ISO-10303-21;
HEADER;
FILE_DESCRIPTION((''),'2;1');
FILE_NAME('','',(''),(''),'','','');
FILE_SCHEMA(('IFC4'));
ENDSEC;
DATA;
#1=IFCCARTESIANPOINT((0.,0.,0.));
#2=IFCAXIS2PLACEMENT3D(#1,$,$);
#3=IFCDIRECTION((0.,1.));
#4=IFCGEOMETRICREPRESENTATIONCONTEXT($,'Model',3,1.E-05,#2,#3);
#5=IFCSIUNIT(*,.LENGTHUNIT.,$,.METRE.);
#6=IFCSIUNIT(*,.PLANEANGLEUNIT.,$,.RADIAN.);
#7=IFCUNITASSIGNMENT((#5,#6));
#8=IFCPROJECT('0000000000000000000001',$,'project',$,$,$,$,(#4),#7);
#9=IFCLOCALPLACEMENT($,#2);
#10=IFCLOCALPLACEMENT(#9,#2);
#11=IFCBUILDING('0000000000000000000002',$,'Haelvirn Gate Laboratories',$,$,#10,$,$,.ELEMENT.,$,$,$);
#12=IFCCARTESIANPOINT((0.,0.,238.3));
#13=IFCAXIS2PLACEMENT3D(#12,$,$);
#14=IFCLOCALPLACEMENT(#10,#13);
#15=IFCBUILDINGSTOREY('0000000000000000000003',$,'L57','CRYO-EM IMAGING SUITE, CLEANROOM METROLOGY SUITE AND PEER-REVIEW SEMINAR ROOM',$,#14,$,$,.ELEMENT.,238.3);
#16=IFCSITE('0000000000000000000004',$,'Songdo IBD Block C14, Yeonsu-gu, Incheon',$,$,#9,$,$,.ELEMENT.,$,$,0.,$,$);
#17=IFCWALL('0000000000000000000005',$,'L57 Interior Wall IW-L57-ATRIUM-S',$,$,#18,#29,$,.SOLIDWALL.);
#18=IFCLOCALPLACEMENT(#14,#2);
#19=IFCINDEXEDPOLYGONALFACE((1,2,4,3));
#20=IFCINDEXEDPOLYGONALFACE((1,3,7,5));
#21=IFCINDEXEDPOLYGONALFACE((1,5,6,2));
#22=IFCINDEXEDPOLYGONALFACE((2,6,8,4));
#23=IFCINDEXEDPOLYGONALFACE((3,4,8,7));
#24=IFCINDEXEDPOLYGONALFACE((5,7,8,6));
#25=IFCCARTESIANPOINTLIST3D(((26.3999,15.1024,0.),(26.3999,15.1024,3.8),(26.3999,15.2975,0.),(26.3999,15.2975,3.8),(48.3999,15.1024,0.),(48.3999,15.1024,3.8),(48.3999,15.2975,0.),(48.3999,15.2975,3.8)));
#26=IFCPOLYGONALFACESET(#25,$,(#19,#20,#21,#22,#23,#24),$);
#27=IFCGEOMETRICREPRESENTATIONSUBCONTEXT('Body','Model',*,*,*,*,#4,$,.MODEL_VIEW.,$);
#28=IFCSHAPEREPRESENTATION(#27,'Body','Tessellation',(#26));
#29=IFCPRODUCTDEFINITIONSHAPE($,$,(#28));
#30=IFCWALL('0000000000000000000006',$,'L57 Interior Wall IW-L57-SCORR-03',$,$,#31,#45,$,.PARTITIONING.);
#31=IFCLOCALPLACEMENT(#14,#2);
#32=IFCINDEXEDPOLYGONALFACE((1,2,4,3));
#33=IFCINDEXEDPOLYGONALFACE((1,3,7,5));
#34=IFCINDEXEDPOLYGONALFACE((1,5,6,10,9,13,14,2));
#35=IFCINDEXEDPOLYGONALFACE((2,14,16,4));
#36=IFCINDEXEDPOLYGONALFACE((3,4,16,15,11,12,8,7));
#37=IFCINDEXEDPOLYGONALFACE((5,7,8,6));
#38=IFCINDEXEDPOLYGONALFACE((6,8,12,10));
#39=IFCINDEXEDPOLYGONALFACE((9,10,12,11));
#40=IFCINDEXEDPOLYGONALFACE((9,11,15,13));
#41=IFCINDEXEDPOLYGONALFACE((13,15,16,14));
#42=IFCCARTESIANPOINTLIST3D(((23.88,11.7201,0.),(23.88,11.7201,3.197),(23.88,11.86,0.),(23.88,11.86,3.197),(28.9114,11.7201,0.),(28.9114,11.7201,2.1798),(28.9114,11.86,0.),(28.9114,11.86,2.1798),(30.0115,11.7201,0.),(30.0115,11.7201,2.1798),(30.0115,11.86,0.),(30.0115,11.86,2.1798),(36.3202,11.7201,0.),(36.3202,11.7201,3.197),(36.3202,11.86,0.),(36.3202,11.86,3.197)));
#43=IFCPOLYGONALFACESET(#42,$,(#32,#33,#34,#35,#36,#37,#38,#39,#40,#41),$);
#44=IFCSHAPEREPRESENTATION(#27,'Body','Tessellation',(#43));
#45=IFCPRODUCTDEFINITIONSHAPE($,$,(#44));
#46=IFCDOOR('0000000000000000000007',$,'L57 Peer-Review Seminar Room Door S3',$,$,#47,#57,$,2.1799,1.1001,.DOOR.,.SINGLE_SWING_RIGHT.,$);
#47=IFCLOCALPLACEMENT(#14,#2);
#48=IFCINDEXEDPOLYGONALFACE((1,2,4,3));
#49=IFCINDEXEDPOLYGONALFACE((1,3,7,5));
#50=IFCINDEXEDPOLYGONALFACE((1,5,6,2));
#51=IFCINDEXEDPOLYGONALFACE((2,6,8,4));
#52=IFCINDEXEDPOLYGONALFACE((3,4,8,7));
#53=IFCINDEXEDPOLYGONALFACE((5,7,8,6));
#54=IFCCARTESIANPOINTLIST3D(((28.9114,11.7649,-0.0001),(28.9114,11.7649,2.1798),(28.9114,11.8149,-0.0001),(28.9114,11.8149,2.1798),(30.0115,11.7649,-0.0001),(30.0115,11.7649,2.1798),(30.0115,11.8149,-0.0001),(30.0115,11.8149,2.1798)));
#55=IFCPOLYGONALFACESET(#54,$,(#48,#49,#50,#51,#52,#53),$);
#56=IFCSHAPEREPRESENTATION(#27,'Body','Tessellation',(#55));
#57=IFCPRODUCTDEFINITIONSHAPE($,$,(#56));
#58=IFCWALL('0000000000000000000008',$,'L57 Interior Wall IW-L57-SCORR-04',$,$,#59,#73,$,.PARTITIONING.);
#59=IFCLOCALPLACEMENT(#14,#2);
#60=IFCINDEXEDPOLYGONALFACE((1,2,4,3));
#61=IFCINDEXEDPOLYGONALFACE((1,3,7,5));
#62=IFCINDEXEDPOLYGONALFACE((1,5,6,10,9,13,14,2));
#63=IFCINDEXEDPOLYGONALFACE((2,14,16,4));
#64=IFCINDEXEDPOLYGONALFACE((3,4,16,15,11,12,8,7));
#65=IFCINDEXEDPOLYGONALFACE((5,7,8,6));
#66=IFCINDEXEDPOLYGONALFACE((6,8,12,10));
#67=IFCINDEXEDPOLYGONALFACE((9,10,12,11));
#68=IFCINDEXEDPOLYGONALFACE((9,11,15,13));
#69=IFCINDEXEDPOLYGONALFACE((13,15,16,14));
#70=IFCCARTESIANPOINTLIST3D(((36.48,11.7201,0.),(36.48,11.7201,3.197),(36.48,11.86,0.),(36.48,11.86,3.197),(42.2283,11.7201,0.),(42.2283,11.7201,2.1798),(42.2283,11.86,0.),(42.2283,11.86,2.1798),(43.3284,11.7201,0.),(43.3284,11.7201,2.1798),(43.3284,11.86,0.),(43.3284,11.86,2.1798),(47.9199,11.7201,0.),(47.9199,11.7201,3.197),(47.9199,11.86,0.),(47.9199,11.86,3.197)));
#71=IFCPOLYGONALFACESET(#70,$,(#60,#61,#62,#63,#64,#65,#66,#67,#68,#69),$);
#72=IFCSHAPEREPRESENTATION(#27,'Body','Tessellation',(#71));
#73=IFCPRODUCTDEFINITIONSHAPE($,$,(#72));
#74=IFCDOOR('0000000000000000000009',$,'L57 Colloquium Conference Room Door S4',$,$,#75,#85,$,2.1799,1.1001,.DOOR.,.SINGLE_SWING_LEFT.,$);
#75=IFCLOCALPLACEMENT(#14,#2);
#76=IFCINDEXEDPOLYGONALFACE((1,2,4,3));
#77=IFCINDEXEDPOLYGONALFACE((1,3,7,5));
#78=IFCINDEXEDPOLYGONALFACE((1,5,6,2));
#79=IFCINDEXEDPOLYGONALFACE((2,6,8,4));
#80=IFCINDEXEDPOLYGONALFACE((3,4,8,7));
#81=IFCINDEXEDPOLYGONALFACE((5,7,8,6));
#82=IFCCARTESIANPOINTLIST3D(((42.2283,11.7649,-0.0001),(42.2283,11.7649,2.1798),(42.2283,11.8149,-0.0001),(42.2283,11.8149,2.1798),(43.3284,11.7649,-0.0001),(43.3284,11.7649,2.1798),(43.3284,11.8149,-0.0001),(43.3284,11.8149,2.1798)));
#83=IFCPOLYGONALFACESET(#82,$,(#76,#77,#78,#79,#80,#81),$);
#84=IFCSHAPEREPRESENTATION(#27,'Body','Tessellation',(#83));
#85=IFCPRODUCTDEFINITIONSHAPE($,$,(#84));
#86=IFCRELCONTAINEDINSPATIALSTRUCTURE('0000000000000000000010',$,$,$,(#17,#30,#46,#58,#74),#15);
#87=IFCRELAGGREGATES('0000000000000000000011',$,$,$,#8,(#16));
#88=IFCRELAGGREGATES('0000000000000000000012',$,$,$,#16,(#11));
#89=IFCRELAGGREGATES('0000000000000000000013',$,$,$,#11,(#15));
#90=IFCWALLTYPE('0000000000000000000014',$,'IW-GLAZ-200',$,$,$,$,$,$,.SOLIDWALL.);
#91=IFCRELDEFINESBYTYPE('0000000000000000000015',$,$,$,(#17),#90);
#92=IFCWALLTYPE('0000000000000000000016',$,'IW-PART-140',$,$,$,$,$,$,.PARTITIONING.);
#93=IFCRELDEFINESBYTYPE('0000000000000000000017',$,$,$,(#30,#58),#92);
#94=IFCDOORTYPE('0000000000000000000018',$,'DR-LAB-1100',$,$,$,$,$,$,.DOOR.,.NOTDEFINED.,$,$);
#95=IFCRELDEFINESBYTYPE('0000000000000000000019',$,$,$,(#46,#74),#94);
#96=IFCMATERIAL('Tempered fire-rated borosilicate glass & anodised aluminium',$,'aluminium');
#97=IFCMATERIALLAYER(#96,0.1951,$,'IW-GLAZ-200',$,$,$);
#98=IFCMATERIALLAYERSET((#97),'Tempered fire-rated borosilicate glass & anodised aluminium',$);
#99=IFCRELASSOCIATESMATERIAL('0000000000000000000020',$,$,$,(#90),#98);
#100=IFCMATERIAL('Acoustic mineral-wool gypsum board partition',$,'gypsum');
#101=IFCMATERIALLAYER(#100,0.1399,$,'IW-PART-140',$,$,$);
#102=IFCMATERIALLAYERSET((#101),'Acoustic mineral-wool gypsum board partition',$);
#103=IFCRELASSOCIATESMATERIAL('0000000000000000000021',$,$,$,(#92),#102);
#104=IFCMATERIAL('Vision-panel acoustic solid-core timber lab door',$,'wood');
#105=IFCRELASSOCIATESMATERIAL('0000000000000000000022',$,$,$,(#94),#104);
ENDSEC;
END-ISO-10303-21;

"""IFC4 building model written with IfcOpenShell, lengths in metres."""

from ifc_helpers import new_model, si_unit, direction, frame, frame_2d, origin, place, context, subcontext, project, spatial, rectangle, extrude, source, transform, mapped, material, layer, layer_set, type_object, type_shapes, element, fill, save


model = new_model("IFC4")

# Units and contexts
model_context = context("Model", 3, precision=1e-05, world=origin(), true_north=direction((0.0, 1.0)))
body_context = subcontext(model_context, "Body", "Model", "MODEL_VIEW")
ifc_project = project(units=[si_unit("LENGTHUNIT", "METRE"), si_unit("PLANEANGLEUNIT", "RADIAN")], contexts=[model_context])

# Site, building, storey
site_placement = place(None, origin())
site = spatial("IfcSite", under=ifc_project, at=site_placement, Name="Songdo IBD Block C14, Yeonsu-gu, Incheon", CompositionType="ELEMENT", RefElevation=0.0)
building_placement = place(site_placement, origin())
building = spatial("IfcBuilding", under=site, at=building_placement, Name="Haelvirn Gate Laboratories", CompositionType="ELEMENT")
storey_placement = place(building_placement, frame((0.0, 0.0, 238.3)))
storey = spatial("IfcBuildingStorey", under=building, at=storey_placement, Name="L57", Description="CRYO-EM IMAGING SUITE, CLEANROOM METROLOGY SUITE AND PEER-REVIEW SEMINAR ROOM", CompositionType="ELEMENT", Elevation=238.3)

# Shared definitions
ifc_material_1 = material(Name="Tempered fire-rated borosilicate glass & anodised aluminium", Category="aluminium")
ifc_layer_1 = layer(ifc_material_1, 0.1951, Name="IW-GLAZ-200")
ifc_layer_set_1 = layer_set([ifc_layer_1], Name="Tempered fire-rated borosilicate glass & anodised aluminium")
wall_type_1 = type_object("IfcWallType", Name="IW-GLAZ-200", PredefinedType="SOLIDWALL", material=ifc_layer_set_1)

# Wall
wall_1_placement = place(storey_placement, frame((26.3999, 15.2, 0.0), z_axis=(0.0, 0.0, 1.0), x_axis=(1.0, 0.0, 0.0)))
element("IfcWall", 1, at=wall_1_placement, inside=storey, type_object=wall_type_1, Name="L57 Interior Wall IW-L57-ATRIUM-S", PredefinedType="SOLIDWALL", context=body_context, shape_type="SweptSolid", body=[
    extrude(rectangle(XDim=22.0, YDim=0.1951, at=frame_2d((11.0, 0.0))), origin(), (0.0, 0.0, 1.0), 3.8),
])

# Walls, openings, doors
ifc_material_2 = material(Name="Acoustic mineral-wool gypsum board partition", Category="gypsum")
ifc_layer_2 = layer(ifc_material_2, 0.1399, Name="IW-PART-140")
ifc_layer_set_2 = layer_set([ifc_layer_2], Name="Acoustic mineral-wool gypsum board partition")
wall_type_2 = type_object("IfcWallType", Name="IW-PART-140", PredefinedType="PARTITIONING", material=ifc_layer_set_2)
wall_2_placement = place(storey_placement, frame((23.8799, 11.79, 0.0), z_axis=(0.0, 0.0, 1.0), x_axis=(1.0, 0.0, 0.0)))
wall_2 = element("IfcWall", 2, at=wall_2_placement, inside=storey, type_object=wall_type_2, Name="L57 Interior Wall IW-L57-SCORR-03", PredefinedType="PARTITIONING", context=body_context, shape_type="SweptSolid", body=[
    extrude(rectangle(XDim=12.4402, YDim=0.1399, at=frame_2d((6.2202, 0.0))), origin(), (0.0, 0.0, 1.0), 3.197),
])
opening_1_placement = place(wall_2_placement, frame((5.0315, 0.0, 0.0)))
opening_1 = element("IfcOpeningElement", 3, at=opening_1_placement, cuts=wall_2, PredefinedType="OPENING", context=body_context, shape_type="SweptSolid", body=[
    extrude(rectangle(XDim=1.1001, YDim=2.1799, at=frame_2d((0.55, 1.0898))), frame((0.0, 0.0801, 0.0), z_axis=(0.0, -1.0, 0.0), x_axis=(1.0, 0.0, 0.0)), (0.0, 0.0, 1.0), 0.1599),
])
ifc_material_3 = material(Name="Vision-panel acoustic solid-core timber lab door", Category="wood")
door_type = type_object("IfcDoorType", Name="DR-LAB-1100", OperationType="NOTDEFINED", PredefinedType="DOOR", material=ifc_material_3)
shared_shape_1 = source(origin(), body_context, "Body", "SweptSolid", [
    extrude(rectangle(XDim=1.1001, YDim=2.1799, at=frame_2d((0.55, 1.0898))), frame((0.0, 0.0249, 0.0), z_axis=(0.0, -1.0, 0.0), x_axis=(1.0, 0.0, 0.0)), (0.0, 0.0, 1.0), 0.05),
])
type_shapes(door_type, [shared_shape_1])
door_1_placement = place(opening_1_placement, origin())
door_1 = element("IfcDoor", 4, at=door_1_placement, inside=storey, type_object=door_type, Name="L57 Peer-Review Seminar Room Door S3", OperationType="SINGLE_SWING_RIGHT", OverallHeight=2.1799, OverallWidth=1.1001, PredefinedType="DOOR", context=body_context, shape_type="MappedRepresentation", body=[
    mapped(shared_shape_1, transform((0.0, 0.0, 0.0), scale=1.0)),
])
fill(opening_1, door_1)
wall_3_placement = place(storey_placement, frame((36.48, 11.79, 0.0), z_axis=(0.0, 0.0, 1.0), x_axis=(1.0, 0.0, 0.0)))
wall_3 = element("IfcWall", 5, at=wall_3_placement, inside=storey, type_object=wall_type_2, Name="L57 Interior Wall IW-L57-SCORR-04", PredefinedType="PARTITIONING", context=body_context, shape_type="SweptSolid", body=[
    extrude(rectangle(XDim=11.4399, YDim=0.1399, at=frame_2d((5.72, 0.0))), origin(), (0.0, 0.0, 1.0), 3.197),
])
opening_2_placement = place(wall_3_placement, frame((5.7483, 0.0, 0.0)))
opening_2 = element("IfcOpeningElement", 6, at=opening_2_placement, cuts=wall_3, PredefinedType="OPENING", context=body_context, shape_type="SweptSolid", body=[
    extrude(rectangle(XDim=1.1001, YDim=2.1799, at=frame_2d((0.55, 1.0898))), frame((0.0, 0.0801, 0.0), z_axis=(0.0, -1.0, 0.0), x_axis=(1.0, 0.0, 0.0)), (0.0, 0.0, 1.0), 0.1599),
])
door_2_placement = place(opening_2_placement, origin())
door_2 = element("IfcDoor", 7, at=door_2_placement, inside=storey, type_object=door_type, Name="L57 Colloquium Conference Room Door S4", OperationType="SINGLE_SWING_LEFT", OverallHeight=2.1799, OverallWidth=1.1001, PredefinedType="DOOR", context=body_context, shape_type="MappedRepresentation", body=[
    mapped(shared_shape_1, transform((0.0, 0.0, 0.0), scale=1.0)),
])
fill(opening_2, door_2)

save(model, "model.ifc")
